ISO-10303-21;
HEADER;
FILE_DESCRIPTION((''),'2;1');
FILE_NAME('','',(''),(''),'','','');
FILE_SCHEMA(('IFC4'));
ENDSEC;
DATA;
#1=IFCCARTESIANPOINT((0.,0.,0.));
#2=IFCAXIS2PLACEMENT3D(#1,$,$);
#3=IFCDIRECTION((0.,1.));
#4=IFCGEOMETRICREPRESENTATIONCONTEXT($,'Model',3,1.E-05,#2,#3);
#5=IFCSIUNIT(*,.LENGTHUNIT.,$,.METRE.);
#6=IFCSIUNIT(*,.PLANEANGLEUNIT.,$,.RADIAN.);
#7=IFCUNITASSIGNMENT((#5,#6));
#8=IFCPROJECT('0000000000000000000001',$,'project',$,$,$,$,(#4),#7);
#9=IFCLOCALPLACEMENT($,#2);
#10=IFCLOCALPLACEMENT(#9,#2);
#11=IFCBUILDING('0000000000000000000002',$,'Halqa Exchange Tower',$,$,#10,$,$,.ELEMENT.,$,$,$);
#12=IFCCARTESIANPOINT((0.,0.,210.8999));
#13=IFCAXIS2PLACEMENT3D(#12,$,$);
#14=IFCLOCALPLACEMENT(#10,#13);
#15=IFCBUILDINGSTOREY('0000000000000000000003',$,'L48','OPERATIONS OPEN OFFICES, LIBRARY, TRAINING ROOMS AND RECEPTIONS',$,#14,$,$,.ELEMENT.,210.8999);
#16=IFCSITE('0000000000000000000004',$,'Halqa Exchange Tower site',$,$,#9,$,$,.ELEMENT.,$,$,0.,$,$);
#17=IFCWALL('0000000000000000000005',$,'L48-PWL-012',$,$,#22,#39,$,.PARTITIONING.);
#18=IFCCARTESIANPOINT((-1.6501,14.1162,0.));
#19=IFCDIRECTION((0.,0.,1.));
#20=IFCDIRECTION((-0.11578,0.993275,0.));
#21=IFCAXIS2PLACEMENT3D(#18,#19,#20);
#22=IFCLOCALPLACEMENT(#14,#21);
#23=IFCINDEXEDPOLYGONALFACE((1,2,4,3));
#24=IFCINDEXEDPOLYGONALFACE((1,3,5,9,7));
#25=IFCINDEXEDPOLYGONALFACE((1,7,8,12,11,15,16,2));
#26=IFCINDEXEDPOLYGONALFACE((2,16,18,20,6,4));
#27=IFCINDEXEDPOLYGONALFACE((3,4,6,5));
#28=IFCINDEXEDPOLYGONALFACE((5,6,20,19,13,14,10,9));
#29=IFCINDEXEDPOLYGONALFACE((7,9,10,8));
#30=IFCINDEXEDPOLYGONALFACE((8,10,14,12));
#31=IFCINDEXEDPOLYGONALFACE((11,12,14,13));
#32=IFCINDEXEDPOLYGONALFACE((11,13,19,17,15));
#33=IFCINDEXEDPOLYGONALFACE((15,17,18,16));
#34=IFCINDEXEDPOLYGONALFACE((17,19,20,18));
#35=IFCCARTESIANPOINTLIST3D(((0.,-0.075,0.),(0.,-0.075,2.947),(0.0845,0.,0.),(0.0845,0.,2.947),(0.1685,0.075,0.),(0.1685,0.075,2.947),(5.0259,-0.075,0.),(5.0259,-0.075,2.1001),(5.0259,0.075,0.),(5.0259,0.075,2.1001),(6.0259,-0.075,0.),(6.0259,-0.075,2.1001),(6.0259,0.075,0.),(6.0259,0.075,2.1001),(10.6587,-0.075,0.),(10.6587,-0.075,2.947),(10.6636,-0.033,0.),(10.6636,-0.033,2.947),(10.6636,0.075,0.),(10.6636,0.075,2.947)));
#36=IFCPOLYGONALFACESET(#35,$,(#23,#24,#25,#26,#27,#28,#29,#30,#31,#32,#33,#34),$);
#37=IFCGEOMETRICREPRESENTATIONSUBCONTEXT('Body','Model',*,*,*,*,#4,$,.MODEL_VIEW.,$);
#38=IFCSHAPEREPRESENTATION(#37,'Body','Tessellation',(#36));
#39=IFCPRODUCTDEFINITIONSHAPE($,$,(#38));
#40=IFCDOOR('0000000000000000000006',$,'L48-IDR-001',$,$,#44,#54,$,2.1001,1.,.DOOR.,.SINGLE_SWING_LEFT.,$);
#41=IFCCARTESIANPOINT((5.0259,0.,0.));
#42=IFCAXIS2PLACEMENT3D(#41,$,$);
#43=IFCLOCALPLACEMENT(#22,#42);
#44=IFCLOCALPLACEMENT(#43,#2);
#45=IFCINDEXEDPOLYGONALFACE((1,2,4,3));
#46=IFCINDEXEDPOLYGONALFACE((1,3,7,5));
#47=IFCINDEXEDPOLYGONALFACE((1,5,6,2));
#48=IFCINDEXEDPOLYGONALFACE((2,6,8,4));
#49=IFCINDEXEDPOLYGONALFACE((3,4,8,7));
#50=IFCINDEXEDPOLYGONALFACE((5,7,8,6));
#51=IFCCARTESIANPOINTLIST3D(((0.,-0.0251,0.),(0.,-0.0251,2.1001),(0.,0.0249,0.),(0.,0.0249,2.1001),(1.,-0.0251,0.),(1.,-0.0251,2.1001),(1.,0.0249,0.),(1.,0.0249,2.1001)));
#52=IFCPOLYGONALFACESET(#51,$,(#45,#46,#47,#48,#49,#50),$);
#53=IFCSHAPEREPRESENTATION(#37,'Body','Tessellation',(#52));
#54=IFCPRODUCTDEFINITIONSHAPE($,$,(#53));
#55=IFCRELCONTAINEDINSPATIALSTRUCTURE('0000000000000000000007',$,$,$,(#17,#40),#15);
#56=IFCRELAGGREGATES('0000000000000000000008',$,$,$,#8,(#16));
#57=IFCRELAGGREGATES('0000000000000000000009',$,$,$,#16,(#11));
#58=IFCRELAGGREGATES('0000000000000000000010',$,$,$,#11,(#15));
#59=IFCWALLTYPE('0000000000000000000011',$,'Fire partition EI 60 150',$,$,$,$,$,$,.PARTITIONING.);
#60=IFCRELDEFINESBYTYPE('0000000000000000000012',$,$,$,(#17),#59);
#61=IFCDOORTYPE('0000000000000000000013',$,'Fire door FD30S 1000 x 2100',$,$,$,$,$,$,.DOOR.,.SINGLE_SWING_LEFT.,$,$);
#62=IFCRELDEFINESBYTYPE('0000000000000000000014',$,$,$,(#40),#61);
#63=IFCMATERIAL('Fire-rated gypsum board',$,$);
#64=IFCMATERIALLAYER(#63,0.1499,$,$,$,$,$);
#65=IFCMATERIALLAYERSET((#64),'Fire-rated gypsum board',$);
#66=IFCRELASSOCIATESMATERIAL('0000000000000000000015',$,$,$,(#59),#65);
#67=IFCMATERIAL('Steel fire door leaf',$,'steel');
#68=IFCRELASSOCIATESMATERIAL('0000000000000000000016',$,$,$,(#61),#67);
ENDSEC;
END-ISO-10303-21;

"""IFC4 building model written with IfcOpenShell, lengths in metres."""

from ifc_helpers import new_model, si_unit, direction, frame, frame_2d, origin, place, context, subcontext, project, spatial, polyline, rectangle, outline, extrude, material, layer, layer_set, type_object, element, fill, save


model = new_model("IFC4")

# Units and contexts
model_context = context("Model", 3, precision=1e-05, world=origin(), true_north=direction((0.0, 1.0)))
body_context = subcontext(model_context, "Body", "Model", "MODEL_VIEW")
ifc_project = project(units=[si_unit("LENGTHUNIT", "METRE"), si_unit("PLANEANGLEUNIT", "RADIAN")], contexts=[model_context])

# Site, building, storey
site_placement = place(None, origin())
site = spatial("IfcSite", under=ifc_project, at=site_placement, Name="Halqa Exchange Tower site", CompositionType="ELEMENT", RefElevation=0.0)
building_placement = place(site_placement, origin())
building = spatial("IfcBuilding", under=site, at=building_placement, Name="Halqa Exchange Tower", CompositionType="ELEMENT")
storey_placement = place(building_placement, frame((0.0, 0.0, 210.8999)))
storey = spatial("IfcBuildingStorey", under=building, at=storey_placement, Name="L48", Description="OPERATIONS OPEN OFFICES, LIBRARY, TRAINING ROOMS AND RECEPTIONS", CompositionType="ELEMENT", Elevation=210.8999)

# Shared definitions
ifc_material_1 = material(Name="Fire-rated gypsum board")
ifc_layer_1 = layer(ifc_material_1, 0.1499)
ifc_layer_set_1 = layer_set([ifc_layer_1], Name="Fire-rated gypsum board")
wall_type_1 = type_object("IfcWallType", Name="Fire partition EI 60 150", PredefinedType="PARTITIONING", material=ifc_layer_set_1)

# Wall, opening, door
wall_1_placement = place(storey_placement, frame((-1.6501, 14.1162, 0.0), z_axis=(0.0, 0.0, 1.0), x_axis=(-0.11578, 0.993275, 0.0)))
wall_1 = element("IfcWall", 1, at=wall_1_placement, inside=storey, type_object=wall_type_1, Name="L48-PWL-012", PredefinedType="PARTITIONING", context=body_context, shape_type="SweptSolid", body=[
    extrude(outline(polyline([(0.0, -0.075), (1.7766, -0.075), (3.553, -0.075), (5.3293, -0.075), (7.1057, -0.075), (8.8823, -0.075), (10.6587, -0.075), (10.6636, -0.033), (10.6636, 0.075), (8.9143, 0.075), (7.1653, 0.075), (5.416, 0.075), (3.6667, 0.075), (1.9177, 0.075), (0.1685, 0.075), (0.0845, 0.0), (0.0, -0.075)])), origin(), (0.0, 0.0, 1.0), 2.947),
])
opening_1_placement = place(wall_1_placement, frame((5.0259, 0.0, 0.0)))
opening_1 = element("IfcOpeningElement", 2, at=opening_1_placement, cuts=wall_1, PredefinedType="OPENING", context=body_context, shape_type="SweptSolid", body=[
    extrude(rectangle(XDim=1.0, YDim=2.1001, at=frame_2d((0.5, 1.05))), frame((0.0, 0.0869, 0.0), z_axis=(0.0, -1.0, 0.0), x_axis=(1.0, 0.0, 0.0)), (0.0, 0.0, 1.0), 0.1738),
])
ifc_material_2 = material(Name="Steel fire door leaf", Category="steel")
door_type = type_object("IfcDoorType", Name="Fire door FD30S 1000 x 2100", OperationType="SINGLE_SWING_LEFT", PredefinedType="DOOR", material=ifc_material_2)
door_placement = place(opening_1_placement, origin())
door = element("IfcDoor", 3, at=door_placement, inside=storey, type_object=door_type, Name="L48-IDR-001", OperationType="SINGLE_SWING_LEFT", OverallHeight=2.1001, OverallWidth=1.0, PredefinedType="DOOR", context=body_context, shape_type="SweptSolid", body=[
    extrude(rectangle(XDim=1.0, YDim=2.1001, at=frame_2d((0.5, 1.05))), frame((0.0, 0.0249, 0.0), z_axis=(0.0, -1.0, 0.0), x_axis=(1.0, 0.0, 0.0)), (0.0, 0.0, 1.0), 0.05),
])
fill(opening_1, door)

save(model, "model.ifc")
